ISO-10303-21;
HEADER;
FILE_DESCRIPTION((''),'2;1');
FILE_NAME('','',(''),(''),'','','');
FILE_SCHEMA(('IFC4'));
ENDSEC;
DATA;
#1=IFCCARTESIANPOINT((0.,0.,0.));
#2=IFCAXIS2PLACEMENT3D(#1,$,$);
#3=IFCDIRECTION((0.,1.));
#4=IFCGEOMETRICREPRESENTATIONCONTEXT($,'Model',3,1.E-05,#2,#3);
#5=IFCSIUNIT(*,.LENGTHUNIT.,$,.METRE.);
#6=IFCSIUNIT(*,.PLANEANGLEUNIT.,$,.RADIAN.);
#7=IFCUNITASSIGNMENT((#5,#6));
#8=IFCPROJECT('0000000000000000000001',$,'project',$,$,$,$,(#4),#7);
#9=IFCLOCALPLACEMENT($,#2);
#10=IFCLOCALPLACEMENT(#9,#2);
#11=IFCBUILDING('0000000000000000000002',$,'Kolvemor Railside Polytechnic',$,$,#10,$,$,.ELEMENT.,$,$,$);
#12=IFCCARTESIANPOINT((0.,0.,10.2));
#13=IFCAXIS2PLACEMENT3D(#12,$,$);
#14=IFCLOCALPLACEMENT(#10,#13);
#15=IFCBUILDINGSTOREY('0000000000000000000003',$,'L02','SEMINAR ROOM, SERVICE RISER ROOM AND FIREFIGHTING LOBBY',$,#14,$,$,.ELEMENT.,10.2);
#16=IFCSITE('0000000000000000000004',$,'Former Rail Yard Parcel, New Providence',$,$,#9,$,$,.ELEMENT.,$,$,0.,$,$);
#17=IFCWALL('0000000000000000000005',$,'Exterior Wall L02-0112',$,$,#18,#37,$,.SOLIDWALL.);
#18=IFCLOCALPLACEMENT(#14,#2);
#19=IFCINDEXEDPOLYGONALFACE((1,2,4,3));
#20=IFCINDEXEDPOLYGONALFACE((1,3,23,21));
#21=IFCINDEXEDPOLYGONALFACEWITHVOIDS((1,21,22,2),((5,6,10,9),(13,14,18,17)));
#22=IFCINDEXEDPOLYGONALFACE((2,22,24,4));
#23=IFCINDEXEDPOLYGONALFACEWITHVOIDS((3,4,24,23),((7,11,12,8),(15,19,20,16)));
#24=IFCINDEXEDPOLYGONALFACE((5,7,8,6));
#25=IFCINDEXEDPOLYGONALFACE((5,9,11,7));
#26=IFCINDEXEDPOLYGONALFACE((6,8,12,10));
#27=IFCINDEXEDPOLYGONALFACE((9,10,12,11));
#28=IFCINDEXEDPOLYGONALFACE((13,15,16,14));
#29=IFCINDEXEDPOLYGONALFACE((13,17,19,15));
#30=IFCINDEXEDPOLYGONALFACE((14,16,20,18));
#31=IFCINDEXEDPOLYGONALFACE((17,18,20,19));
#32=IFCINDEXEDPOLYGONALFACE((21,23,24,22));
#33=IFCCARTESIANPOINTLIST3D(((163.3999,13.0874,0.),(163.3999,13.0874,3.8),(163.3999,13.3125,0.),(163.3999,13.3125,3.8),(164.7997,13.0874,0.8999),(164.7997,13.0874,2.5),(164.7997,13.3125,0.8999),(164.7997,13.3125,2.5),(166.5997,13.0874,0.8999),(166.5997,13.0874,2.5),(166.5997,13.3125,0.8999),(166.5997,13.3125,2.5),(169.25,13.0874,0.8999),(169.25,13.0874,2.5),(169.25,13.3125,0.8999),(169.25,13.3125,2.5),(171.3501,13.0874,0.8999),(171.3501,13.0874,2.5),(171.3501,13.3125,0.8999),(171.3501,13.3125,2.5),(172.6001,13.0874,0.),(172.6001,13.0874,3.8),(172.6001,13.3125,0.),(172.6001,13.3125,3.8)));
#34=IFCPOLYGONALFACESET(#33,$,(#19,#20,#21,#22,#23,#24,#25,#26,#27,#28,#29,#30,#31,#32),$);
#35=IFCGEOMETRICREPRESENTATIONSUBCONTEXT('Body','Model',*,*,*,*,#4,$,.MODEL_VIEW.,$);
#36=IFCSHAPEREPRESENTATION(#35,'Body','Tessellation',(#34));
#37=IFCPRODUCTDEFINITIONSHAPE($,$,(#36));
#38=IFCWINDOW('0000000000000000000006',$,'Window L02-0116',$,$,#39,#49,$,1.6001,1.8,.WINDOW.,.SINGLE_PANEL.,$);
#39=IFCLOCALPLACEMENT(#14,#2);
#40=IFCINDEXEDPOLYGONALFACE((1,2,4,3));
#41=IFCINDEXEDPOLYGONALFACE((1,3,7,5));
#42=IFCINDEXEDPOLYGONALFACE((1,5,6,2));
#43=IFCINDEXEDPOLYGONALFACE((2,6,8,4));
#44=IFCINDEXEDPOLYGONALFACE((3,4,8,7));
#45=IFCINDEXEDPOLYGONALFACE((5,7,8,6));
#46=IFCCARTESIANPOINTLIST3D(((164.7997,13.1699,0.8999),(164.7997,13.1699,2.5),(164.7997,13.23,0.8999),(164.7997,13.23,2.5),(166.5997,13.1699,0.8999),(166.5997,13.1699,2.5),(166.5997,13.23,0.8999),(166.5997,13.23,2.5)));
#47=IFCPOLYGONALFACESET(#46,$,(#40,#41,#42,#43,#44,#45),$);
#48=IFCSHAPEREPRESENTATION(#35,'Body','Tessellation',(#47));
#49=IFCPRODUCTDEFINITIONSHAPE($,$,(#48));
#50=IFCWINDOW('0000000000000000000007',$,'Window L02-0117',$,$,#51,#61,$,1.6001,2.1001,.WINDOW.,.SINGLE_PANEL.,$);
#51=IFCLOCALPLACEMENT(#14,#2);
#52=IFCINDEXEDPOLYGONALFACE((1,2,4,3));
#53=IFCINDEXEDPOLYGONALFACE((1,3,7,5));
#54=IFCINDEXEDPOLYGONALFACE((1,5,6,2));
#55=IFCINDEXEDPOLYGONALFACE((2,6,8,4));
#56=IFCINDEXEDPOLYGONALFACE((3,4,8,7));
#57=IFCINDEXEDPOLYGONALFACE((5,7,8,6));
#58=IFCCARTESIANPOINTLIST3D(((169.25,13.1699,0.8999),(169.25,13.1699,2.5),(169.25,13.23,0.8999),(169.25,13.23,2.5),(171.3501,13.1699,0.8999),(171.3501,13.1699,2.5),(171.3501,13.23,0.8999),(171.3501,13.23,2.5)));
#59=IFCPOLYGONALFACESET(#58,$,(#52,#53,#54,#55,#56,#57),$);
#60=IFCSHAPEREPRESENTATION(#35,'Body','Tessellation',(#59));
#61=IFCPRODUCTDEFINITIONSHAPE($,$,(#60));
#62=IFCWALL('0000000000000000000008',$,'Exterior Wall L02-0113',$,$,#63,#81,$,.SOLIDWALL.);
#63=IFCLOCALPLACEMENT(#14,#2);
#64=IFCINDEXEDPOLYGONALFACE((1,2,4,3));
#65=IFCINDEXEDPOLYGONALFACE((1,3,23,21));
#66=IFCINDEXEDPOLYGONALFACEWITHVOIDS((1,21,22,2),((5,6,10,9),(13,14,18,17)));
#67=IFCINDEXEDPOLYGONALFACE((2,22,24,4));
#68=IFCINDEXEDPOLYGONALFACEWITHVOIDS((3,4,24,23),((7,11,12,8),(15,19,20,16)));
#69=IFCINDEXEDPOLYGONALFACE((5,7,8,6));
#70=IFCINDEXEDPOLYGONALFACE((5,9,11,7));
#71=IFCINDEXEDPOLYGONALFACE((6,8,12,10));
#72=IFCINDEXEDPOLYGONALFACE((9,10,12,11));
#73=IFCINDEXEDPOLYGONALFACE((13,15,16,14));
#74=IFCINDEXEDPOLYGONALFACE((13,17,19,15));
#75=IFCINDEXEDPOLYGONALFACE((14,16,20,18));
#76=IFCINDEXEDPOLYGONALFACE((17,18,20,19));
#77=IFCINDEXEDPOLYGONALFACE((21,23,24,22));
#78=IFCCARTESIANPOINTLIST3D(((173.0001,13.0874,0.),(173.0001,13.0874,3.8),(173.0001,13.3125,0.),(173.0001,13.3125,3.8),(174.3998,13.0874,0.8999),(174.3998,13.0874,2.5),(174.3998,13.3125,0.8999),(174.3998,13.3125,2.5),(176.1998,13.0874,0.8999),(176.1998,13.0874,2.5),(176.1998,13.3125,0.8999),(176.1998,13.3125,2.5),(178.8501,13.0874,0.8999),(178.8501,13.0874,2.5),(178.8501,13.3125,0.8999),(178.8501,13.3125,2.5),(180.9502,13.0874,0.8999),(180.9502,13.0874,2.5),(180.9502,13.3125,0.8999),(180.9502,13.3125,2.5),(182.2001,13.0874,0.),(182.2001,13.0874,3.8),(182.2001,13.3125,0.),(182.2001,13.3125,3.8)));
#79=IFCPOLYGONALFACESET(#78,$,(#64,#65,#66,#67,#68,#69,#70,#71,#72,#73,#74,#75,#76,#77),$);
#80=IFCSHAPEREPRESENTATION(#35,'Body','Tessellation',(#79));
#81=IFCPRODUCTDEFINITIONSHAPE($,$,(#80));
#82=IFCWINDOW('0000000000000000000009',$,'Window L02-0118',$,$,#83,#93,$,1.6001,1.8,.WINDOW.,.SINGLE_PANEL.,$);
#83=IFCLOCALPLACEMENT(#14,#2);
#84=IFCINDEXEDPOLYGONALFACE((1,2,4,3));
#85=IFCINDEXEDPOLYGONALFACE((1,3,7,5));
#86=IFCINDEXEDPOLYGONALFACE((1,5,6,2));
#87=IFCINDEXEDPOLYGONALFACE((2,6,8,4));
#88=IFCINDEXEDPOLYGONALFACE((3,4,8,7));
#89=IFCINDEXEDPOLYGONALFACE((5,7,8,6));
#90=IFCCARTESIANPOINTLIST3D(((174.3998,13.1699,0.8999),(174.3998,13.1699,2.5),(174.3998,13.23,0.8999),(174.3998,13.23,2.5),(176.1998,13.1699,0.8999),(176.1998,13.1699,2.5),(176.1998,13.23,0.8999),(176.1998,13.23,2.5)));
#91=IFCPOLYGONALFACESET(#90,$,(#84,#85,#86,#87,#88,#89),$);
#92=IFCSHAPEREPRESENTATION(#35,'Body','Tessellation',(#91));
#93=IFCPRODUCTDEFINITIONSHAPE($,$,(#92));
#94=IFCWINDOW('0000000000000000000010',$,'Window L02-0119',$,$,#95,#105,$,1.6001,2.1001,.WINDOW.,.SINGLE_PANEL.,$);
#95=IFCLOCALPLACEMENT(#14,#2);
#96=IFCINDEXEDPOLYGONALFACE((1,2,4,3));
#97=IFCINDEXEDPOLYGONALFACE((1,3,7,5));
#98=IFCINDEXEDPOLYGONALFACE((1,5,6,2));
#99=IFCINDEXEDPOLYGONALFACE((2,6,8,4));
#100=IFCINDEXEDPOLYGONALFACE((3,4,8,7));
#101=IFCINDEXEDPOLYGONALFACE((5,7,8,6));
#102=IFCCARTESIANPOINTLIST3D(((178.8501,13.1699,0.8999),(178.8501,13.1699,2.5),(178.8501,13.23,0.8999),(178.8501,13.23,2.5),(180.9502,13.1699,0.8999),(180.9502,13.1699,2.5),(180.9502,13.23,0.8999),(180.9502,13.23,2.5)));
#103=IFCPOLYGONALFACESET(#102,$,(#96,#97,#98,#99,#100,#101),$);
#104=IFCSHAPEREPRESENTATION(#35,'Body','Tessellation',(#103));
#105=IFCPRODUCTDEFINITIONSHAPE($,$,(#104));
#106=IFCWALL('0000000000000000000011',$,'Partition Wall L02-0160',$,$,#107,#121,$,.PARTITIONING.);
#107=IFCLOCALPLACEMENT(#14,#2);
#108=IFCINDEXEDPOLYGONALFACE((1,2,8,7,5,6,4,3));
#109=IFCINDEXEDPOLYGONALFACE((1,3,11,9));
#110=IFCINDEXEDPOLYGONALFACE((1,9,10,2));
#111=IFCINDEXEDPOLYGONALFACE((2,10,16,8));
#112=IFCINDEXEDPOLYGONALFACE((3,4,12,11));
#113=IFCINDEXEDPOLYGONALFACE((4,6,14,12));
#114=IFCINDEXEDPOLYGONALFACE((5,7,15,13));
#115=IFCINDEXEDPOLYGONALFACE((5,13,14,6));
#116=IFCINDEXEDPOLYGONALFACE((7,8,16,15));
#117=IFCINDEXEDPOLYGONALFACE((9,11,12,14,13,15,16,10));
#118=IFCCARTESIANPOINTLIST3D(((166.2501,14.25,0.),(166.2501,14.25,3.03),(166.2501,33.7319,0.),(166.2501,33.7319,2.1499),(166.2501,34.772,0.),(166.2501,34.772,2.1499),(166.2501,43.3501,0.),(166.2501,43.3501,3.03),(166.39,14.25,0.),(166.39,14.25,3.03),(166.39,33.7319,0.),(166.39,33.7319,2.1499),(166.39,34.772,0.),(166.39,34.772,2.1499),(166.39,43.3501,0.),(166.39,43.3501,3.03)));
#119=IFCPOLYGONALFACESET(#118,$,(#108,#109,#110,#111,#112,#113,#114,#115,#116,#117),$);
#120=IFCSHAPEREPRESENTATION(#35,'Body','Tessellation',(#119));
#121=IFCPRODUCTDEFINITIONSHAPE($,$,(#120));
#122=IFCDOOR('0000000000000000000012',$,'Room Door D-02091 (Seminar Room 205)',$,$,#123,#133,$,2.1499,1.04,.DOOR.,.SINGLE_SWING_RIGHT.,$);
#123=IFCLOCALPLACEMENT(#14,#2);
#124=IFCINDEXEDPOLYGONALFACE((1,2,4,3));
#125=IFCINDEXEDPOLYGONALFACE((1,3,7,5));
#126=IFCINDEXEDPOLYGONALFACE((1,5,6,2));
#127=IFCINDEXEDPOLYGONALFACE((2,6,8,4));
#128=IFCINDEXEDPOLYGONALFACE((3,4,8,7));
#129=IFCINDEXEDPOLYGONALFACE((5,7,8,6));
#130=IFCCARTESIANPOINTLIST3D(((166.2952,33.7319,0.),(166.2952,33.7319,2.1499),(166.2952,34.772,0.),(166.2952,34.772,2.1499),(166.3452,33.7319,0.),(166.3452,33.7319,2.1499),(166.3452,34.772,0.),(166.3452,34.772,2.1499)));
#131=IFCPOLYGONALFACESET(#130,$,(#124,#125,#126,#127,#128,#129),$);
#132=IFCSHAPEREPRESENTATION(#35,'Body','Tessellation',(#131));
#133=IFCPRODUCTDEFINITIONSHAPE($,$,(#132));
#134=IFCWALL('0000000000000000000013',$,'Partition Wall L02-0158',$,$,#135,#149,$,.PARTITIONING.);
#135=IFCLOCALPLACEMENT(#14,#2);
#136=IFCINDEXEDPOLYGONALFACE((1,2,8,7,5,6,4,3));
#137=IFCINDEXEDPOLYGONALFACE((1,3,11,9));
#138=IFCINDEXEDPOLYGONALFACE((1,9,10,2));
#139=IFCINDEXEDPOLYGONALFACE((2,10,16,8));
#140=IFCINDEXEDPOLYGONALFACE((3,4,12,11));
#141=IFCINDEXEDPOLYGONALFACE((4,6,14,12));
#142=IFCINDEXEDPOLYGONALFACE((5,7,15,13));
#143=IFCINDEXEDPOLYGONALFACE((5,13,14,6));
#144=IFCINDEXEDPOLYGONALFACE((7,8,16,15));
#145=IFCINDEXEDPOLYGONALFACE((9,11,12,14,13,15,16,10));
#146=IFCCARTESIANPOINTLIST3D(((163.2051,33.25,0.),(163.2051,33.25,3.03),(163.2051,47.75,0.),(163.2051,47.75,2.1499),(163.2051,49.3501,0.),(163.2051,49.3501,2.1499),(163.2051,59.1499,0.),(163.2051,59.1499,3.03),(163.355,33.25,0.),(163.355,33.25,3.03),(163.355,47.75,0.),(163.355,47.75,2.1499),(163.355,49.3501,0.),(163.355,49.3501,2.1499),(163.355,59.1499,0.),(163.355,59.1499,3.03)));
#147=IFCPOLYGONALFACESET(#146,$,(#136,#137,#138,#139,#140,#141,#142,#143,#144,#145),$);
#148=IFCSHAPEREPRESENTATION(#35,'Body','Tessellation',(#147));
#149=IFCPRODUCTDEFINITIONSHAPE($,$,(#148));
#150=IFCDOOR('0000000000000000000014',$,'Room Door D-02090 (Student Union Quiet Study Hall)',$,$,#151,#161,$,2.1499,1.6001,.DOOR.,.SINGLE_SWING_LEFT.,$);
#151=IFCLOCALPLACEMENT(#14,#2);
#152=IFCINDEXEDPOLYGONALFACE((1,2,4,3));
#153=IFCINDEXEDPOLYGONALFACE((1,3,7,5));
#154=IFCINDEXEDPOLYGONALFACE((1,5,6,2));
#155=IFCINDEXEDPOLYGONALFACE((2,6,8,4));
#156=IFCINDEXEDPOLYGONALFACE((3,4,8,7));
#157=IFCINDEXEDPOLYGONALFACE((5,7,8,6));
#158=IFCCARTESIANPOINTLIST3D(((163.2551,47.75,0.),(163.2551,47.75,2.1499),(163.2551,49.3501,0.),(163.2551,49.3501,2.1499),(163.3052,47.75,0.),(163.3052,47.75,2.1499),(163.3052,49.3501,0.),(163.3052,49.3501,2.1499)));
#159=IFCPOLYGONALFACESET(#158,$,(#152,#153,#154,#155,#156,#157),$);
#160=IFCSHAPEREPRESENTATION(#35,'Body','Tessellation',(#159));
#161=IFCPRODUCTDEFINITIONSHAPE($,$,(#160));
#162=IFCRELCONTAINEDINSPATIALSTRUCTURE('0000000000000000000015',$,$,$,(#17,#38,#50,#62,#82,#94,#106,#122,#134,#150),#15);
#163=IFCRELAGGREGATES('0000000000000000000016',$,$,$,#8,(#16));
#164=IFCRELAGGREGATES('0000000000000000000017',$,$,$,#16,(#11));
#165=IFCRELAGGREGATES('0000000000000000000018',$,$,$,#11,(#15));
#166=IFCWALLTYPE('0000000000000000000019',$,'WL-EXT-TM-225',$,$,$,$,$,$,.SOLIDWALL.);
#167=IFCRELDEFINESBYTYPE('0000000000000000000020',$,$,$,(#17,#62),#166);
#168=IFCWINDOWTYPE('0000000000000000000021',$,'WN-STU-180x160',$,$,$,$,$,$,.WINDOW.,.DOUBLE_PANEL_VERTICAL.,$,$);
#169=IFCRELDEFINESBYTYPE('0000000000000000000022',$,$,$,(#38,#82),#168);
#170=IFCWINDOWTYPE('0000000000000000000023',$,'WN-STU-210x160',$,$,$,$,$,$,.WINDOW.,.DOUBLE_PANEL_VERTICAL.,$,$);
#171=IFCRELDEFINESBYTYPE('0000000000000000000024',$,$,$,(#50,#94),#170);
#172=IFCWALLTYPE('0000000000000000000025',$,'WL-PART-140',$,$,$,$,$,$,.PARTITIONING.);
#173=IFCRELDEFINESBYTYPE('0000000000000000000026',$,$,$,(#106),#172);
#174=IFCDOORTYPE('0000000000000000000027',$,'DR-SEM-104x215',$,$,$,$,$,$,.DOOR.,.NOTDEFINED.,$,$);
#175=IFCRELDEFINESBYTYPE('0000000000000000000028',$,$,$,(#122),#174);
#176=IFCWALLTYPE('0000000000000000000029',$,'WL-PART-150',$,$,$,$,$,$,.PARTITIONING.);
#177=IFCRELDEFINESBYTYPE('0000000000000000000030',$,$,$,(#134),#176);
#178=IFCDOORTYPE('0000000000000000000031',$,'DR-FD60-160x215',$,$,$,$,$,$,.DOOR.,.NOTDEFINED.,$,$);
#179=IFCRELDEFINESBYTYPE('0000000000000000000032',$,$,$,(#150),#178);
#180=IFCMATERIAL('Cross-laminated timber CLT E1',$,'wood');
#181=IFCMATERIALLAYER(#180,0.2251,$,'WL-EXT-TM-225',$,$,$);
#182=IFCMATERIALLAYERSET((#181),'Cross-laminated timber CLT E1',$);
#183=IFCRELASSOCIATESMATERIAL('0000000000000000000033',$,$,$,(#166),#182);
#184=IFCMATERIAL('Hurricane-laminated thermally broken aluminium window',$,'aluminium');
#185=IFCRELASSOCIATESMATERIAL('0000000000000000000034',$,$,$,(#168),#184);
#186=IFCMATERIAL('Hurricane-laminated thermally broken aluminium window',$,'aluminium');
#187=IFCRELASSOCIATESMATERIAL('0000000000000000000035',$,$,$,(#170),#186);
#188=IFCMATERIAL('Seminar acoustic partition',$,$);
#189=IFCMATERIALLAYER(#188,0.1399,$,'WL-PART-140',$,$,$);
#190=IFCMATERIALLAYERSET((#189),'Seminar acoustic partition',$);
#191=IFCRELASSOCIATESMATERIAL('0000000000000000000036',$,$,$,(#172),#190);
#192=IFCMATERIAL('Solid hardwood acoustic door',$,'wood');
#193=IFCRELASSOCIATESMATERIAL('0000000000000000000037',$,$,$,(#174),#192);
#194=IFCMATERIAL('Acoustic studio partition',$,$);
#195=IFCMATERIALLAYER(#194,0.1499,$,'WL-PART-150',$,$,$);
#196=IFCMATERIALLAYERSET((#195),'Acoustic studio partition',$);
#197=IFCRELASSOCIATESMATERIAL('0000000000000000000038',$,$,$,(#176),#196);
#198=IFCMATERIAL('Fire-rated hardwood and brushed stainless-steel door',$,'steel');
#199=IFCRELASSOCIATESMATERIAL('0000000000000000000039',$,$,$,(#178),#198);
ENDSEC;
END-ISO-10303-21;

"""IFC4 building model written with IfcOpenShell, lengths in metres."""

from ifc_helpers import new_model, si_unit, direction, frame, frame_2d, origin, place, context, subcontext, project, spatial, rectangle, extrude, material, layer, layer_set, type_object, element, fill, save


model = new_model("IFC4")

# Units and contexts
model_context = context("Model", 3, precision=1e-05, world=origin(), true_north=direction((0.0, 1.0)))
body_context = subcontext(model_context, "Body", "Model", "MODEL_VIEW")
ifc_project = project(units=[si_unit("LENGTHUNIT", "METRE"), si_unit("PLANEANGLEUNIT", "RADIAN")], contexts=[model_context])

# Site, building, storey
site_placement = place(None, origin())
site = spatial("IfcSite", under=ifc_project, at=site_placement, Name="Former Rail Yard Parcel, New Providence", CompositionType="ELEMENT", RefElevation=0.0)
building_placement = place(site_placement, origin())
building = spatial("IfcBuilding", under=site, at=building_placement, Name="Kolvemor Railside Polytechnic", CompositionType="ELEMENT")
storey_placement = place(building_placement, frame((0.0, 0.0, 10.2)))
storey = spatial("IfcBuildingStorey", under=building, at=storey_placement, Name="L02", Description="SEMINAR ROOM, SERVICE RISER ROOM AND FIREFIGHTING LOBBY", CompositionType="ELEMENT", Elevation=10.2)

# Shared definitions
ifc_material_1 = material(Name="Cross-laminated timber CLT E1", Category="wood")
ifc_layer_1 = layer(ifc_material_1, 0.2251, Name="WL-EXT-TM-225")
ifc_layer_set_1 = layer_set([ifc_layer_1], Name="Cross-laminated timber CLT E1")
wall_type_1 = type_object("IfcWallType", Name="WL-EXT-TM-225", PredefinedType="SOLIDWALL", material=ifc_layer_set_1)

# Walls, openings, windows
wall_1_placement = place(storey_placement, frame((163.3999, 13.2, 0.0), z_axis=(0.0, 0.0, 1.0), x_axis=(1.0, 0.0, 0.0)))
wall_1 = element("IfcWall", 1, at=wall_1_placement, inside=storey, type_object=wall_type_1, Name="Exterior Wall L02-0112", PredefinedType="SOLIDWALL", context=body_context, shape_type="SweptSolid", body=[
    extrude(rectangle(XDim=9.2002, YDim=0.2251, at=frame_2d((4.6001, 0.0))), origin(), (0.0, 0.0, 1.0), 3.8),
])
opening_1_placement = place(wall_1_placement, frame((1.3999, 0.0, 0.8999)))
opening_1 = element("IfcOpeningElement", 2, at=opening_1_placement, cuts=wall_1, PredefinedType="OPENING", context=body_context, shape_type="SweptSolid", body=[
    extrude(rectangle(XDim=1.8, YDim=1.6001, at=frame_2d((0.8999, 0.8))), frame((0.0, 0.1226, 0.0), z_axis=(0.0, -1.0, 0.0), x_axis=(1.0, 0.0, 0.0)), (0.0, 0.0, 1.0), 0.2451),
])
opening_2_placement = place(wall_1_placement, frame((5.8501, 0.0, 0.8999)))
opening_2 = element("IfcOpeningElement", 3, at=opening_2_placement, cuts=wall_1, PredefinedType="OPENING", context=body_context, shape_type="SweptSolid", body=[
    extrude(rectangle(XDim=2.1001, YDim=1.6001, at=frame_2d((1.05, 0.8))), frame((0.0, 0.1226, 0.0), z_axis=(0.0, -1.0, 0.0), x_axis=(1.0, 0.0, 0.0)), (0.0, 0.0, 1.0), 0.2451),
])
ifc_material_2 = material(Name="Hurricane-laminated thermally broken aluminium window", Category="aluminium")
window_type_1 = type_object("IfcWindowType", Name="WN-STU-180x160", PartitioningType="DOUBLE_PANEL_VERTICAL", PredefinedType="WINDOW", material=ifc_material_2)
window_1_placement = place(opening_1_placement, origin())
window_1 = element("IfcWindow", 4, at=window_1_placement, inside=storey, type_object=window_type_1, Name="Window L02-0116", OverallHeight=1.6001, OverallWidth=1.8, PartitioningType="SINGLE_PANEL", PredefinedType="WINDOW", context=body_context, shape_type="SweptSolid", body=[
    extrude(rectangle(XDim=1.8, YDim=1.6001, at=frame_2d((0.8999, 0.8))), frame((0.0, 0.03, 0.0), z_axis=(0.0, -1.0, 0.0), x_axis=(1.0, 0.0, 0.0)), (0.0, 0.0, 1.0), 0.0601),
])
fill(opening_1, window_1)
ifc_material_3 = material(Name="Hurricane-laminated thermally broken aluminium window", Category="aluminium")
window_type_2 = type_object("IfcWindowType", Name="WN-STU-210x160", PartitioningType="DOUBLE_PANEL_VERTICAL", PredefinedType="WINDOW", material=ifc_material_3)
window_2_placement = place(opening_2_placement, origin())
window_2 = element("IfcWindow", 5, at=window_2_placement, inside=storey, type_object=window_type_2, Name="Window L02-0117", OverallHeight=1.6001, OverallWidth=2.1001, PartitioningType="SINGLE_PANEL", PredefinedType="WINDOW", context=body_context, shape_type="SweptSolid", body=[
    extrude(rectangle(XDim=2.1001, YDim=1.6001, at=frame_2d((1.05, 0.8))), frame((0.0, 0.03, 0.0), z_axis=(0.0, -1.0, 0.0), x_axis=(1.0, 0.0, 0.0)), (0.0, 0.0, 1.0), 0.0601),
])
fill(opening_2, window_2)
wall_2_placement = place(storey_placement, frame((173.0, 13.2, 0.0), z_axis=(0.0, 0.0, 1.0), x_axis=(1.0, 0.0, 0.0)))
wall_2 = element("IfcWall", 6, at=wall_2_placement, inside=storey, type_object=wall_type_1, Name="Exterior Wall L02-0113", PredefinedType="SOLIDWALL", context=body_context, shape_type="SweptSolid", body=[
    extrude(rectangle(XDim=9.2, YDim=0.2251, at=frame_2d((4.6001, 0.0))), origin(), (0.0, 0.0, 1.0), 3.8),
])
opening_3_placement = place(wall_2_placement, frame((1.3999, 0.0, 0.8999)))
opening_3 = element("IfcOpeningElement", 7, at=opening_3_placement, cuts=wall_2, PredefinedType="OPENING", context=body_context, shape_type="SweptSolid", body=[
    extrude(rectangle(XDim=1.8, YDim=1.6001, at=frame_2d((0.8999, 0.8))), frame((0.0, 0.1226, 0.0), z_axis=(0.0, -1.0, 0.0), x_axis=(1.0, 0.0, 0.0)), (0.0, 0.0, 1.0), 0.2451),
])
opening_4_placement = place(wall_2_placement, frame((5.8501, 0.0, 0.8999)))
opening_4 = element("IfcOpeningElement", 8, at=opening_4_placement, cuts=wall_2, PredefinedType="OPENING", context=body_context, shape_type="SweptSolid", body=[
    extrude(rectangle(XDim=2.1001, YDim=1.6001, at=frame_2d((1.05, 0.8))), frame((0.0, 0.1226, 0.0), z_axis=(0.0, -1.0, 0.0), x_axis=(1.0, 0.0, 0.0)), (0.0, 0.0, 1.0), 0.2451),
])
window_3_placement = place(opening_3_placement, origin())
window_3 = element("IfcWindow", 9, at=window_3_placement, inside=storey, type_object=window_type_1, Name="Window L02-0118", OverallHeight=1.6001, OverallWidth=1.8, PartitioningType="SINGLE_PANEL", PredefinedType="WINDOW", context=body_context, shape_type="SweptSolid", body=[
    extrude(rectangle(XDim=1.8, YDim=1.6001, at=frame_2d((0.8999, 0.8))), frame((0.0, 0.03, 0.0), z_axis=(0.0, -1.0, 0.0), x_axis=(1.0, 0.0, 0.0)), (0.0, 0.0, 1.0), 0.0601),
])
fill(opening_3, window_3)
window_4_placement = place(opening_4_placement, origin())
window_4 = element("IfcWindow", 10, at=window_4_placement, inside=storey, type_object=window_type_2, Name="Window L02-0119", OverallHeight=1.6001, OverallWidth=2.1001, PartitioningType="SINGLE_PANEL", PredefinedType="WINDOW", context=body_context, shape_type="SweptSolid", body=[
    extrude(rectangle(XDim=2.1001, YDim=1.6001, at=frame_2d((1.05, 0.8))), frame((0.0, 0.03, 0.0), z_axis=(0.0, -1.0, 0.0), x_axis=(1.0, 0.0, 0.0)), (0.0, 0.0, 1.0), 0.0601),
])
fill(opening_4, window_4)

# Walls, openings, doors
ifc_material_4 = material(Name="Seminar acoustic partition")
ifc_layer_2 = layer(ifc_material_4, 0.1399, Name="WL-PART-140")
ifc_layer_set_2 = layer_set([ifc_layer_2], Name="Seminar acoustic partition")
wall_type_2 = type_object("IfcWallType", Name="WL-PART-140", PredefinedType="PARTITIONING", material=ifc_layer_set_2)
wall_3_placement = place(storey_placement, frame((166.3201, 14.25, 0.0), z_axis=(0.0, 0.0, 1.0), x_axis=(0.0, 1.0, 0.0)))
wall_3 = element("IfcWall", 11, at=wall_3_placement, inside=storey, type_object=wall_type_2, Name="Partition Wall L02-0160", PredefinedType="PARTITIONING", context=body_context, shape_type="SweptSolid", body=[
    extrude(rectangle(XDim=29.1001, YDim=0.1399, at=frame_2d((14.55, 0.0))), origin(), (0.0, 0.0, 1.0), 3.03),
])
opening_5_placement = place(wall_3_placement, frame((19.4819, 0.0, 0.0)))
opening_5 = element("IfcOpeningElement", 12, at=opening_5_placement, cuts=wall_3, PredefinedType="OPENING", context=body_context, shape_type="SweptSolid", body=[
    extrude(rectangle(XDim=1.04, YDim=2.1499, at=frame_2d((0.52, 1.075))), frame((0.0, 0.0798, 0.0), z_axis=(0.0, -1.0, 0.0), x_axis=(1.0, 0.0, 0.0)), (0.0, 0.0, 1.0), 0.1599),
])
ifc_material_5 = material(Name="Solid hardwood acoustic door", Category="wood")
door_type_1 = type_object("IfcDoorType", Name="DR-SEM-104x215", OperationType="NOTDEFINED", PredefinedType="DOOR", material=ifc_material_5)
door_1_placement = place(opening_5_placement, origin())
door_1 = element("IfcDoor", 13, at=door_1_placement, inside=storey, type_object=door_type_1, Name="Room Door D-02091 (Seminar Room 205)", OperationType="SINGLE_SWING_RIGHT", OverallHeight=2.1499, OverallWidth=1.04, PredefinedType="DOOR", context=body_context, shape_type="SweptSolid", body=[
    extrude(rectangle(XDim=1.04, YDim=2.1499, at=frame_2d((0.52, 1.075))), frame((0.0, 0.0249, 0.0), z_axis=(0.0, -1.0, 0.0), x_axis=(1.0, 0.0, 0.0)), (0.0, 0.0, 1.0), 0.05),
])
fill(opening_5, door_1)
ifc_material_6 = material(Name="Acoustic studio partition")
ifc_layer_3 = layer(ifc_material_6, 0.1499, Name="WL-PART-150")
ifc_layer_set_3 = layer_set([ifc_layer_3], Name="Acoustic studio partition")
wall_type_3 = type_object("IfcWallType", Name="WL-PART-150", PredefinedType="PARTITIONING", material=ifc_layer_set_3)
wall_4_placement = place(storey_placement, frame((163.28, 33.25, 0.0), z_axis=(0.0, 0.0, 1.0), x_axis=(0.0, 1.0, 0.0)))
wall_4 = element("IfcWall", 14, at=wall_4_placement, inside=storey, type_object=wall_type_3, Name="Partition Wall L02-0158", PredefinedType="PARTITIONING", context=body_context, shape_type="SweptSolid", body=[
    extrude(rectangle(XDim=25.8999, YDim=0.1499, at=frame_2d((12.95, 0.0))), origin(), (0.0, 0.0, 1.0), 3.03),
])
opening_6_placement = place(wall_4_placement, frame((14.5, 0.0, 0.0)))
opening_6 = element("IfcOpeningElement", 15, at=opening_6_placement, cuts=wall_4, PredefinedType="OPENING", context=body_context, shape_type="SweptSolid", body=[
    extrude(rectangle(XDim=1.6001, YDim=2.1499, at=frame_2d((0.8, 1.075))), frame((0.0, 0.085, 0.0), z_axis=(0.0, -1.0, 0.0), x_axis=(1.0, 0.0, 0.0)), (0.0, 0.0, 1.0), 0.1699),
])
ifc_material_7 = material(Name="Fire-rated hardwood and brushed stainless-steel door", Category="steel")
door_type_2 = type_object("IfcDoorType", Name="DR-FD60-160x215", OperationType="NOTDEFINED", PredefinedType="DOOR", material=ifc_material_7)
door_2_placement = place(opening_6_placement, origin())
door_2 = element("IfcDoor", 16, at=door_2_placement, inside=storey, type_object=door_type_2, Name="Room Door D-02090 (Student Union Quiet Study Hall)", OperationType="SINGLE_SWING_LEFT", OverallHeight=2.1499, OverallWidth=1.6001, PredefinedType="DOOR", context=body_context, shape_type="SweptSolid", body=[
    extrude(rectangle(XDim=1.6001, YDim=2.1499, at=frame_2d((0.8, 1.075))), frame((0.0, 0.0249, 0.0), z_axis=(0.0, -1.0, 0.0), x_axis=(1.0, 0.0, 0.0)), (0.0, 0.0, 1.0), 0.05),
])
fill(opening_6, door_2)

save(model, "model.ifc")
